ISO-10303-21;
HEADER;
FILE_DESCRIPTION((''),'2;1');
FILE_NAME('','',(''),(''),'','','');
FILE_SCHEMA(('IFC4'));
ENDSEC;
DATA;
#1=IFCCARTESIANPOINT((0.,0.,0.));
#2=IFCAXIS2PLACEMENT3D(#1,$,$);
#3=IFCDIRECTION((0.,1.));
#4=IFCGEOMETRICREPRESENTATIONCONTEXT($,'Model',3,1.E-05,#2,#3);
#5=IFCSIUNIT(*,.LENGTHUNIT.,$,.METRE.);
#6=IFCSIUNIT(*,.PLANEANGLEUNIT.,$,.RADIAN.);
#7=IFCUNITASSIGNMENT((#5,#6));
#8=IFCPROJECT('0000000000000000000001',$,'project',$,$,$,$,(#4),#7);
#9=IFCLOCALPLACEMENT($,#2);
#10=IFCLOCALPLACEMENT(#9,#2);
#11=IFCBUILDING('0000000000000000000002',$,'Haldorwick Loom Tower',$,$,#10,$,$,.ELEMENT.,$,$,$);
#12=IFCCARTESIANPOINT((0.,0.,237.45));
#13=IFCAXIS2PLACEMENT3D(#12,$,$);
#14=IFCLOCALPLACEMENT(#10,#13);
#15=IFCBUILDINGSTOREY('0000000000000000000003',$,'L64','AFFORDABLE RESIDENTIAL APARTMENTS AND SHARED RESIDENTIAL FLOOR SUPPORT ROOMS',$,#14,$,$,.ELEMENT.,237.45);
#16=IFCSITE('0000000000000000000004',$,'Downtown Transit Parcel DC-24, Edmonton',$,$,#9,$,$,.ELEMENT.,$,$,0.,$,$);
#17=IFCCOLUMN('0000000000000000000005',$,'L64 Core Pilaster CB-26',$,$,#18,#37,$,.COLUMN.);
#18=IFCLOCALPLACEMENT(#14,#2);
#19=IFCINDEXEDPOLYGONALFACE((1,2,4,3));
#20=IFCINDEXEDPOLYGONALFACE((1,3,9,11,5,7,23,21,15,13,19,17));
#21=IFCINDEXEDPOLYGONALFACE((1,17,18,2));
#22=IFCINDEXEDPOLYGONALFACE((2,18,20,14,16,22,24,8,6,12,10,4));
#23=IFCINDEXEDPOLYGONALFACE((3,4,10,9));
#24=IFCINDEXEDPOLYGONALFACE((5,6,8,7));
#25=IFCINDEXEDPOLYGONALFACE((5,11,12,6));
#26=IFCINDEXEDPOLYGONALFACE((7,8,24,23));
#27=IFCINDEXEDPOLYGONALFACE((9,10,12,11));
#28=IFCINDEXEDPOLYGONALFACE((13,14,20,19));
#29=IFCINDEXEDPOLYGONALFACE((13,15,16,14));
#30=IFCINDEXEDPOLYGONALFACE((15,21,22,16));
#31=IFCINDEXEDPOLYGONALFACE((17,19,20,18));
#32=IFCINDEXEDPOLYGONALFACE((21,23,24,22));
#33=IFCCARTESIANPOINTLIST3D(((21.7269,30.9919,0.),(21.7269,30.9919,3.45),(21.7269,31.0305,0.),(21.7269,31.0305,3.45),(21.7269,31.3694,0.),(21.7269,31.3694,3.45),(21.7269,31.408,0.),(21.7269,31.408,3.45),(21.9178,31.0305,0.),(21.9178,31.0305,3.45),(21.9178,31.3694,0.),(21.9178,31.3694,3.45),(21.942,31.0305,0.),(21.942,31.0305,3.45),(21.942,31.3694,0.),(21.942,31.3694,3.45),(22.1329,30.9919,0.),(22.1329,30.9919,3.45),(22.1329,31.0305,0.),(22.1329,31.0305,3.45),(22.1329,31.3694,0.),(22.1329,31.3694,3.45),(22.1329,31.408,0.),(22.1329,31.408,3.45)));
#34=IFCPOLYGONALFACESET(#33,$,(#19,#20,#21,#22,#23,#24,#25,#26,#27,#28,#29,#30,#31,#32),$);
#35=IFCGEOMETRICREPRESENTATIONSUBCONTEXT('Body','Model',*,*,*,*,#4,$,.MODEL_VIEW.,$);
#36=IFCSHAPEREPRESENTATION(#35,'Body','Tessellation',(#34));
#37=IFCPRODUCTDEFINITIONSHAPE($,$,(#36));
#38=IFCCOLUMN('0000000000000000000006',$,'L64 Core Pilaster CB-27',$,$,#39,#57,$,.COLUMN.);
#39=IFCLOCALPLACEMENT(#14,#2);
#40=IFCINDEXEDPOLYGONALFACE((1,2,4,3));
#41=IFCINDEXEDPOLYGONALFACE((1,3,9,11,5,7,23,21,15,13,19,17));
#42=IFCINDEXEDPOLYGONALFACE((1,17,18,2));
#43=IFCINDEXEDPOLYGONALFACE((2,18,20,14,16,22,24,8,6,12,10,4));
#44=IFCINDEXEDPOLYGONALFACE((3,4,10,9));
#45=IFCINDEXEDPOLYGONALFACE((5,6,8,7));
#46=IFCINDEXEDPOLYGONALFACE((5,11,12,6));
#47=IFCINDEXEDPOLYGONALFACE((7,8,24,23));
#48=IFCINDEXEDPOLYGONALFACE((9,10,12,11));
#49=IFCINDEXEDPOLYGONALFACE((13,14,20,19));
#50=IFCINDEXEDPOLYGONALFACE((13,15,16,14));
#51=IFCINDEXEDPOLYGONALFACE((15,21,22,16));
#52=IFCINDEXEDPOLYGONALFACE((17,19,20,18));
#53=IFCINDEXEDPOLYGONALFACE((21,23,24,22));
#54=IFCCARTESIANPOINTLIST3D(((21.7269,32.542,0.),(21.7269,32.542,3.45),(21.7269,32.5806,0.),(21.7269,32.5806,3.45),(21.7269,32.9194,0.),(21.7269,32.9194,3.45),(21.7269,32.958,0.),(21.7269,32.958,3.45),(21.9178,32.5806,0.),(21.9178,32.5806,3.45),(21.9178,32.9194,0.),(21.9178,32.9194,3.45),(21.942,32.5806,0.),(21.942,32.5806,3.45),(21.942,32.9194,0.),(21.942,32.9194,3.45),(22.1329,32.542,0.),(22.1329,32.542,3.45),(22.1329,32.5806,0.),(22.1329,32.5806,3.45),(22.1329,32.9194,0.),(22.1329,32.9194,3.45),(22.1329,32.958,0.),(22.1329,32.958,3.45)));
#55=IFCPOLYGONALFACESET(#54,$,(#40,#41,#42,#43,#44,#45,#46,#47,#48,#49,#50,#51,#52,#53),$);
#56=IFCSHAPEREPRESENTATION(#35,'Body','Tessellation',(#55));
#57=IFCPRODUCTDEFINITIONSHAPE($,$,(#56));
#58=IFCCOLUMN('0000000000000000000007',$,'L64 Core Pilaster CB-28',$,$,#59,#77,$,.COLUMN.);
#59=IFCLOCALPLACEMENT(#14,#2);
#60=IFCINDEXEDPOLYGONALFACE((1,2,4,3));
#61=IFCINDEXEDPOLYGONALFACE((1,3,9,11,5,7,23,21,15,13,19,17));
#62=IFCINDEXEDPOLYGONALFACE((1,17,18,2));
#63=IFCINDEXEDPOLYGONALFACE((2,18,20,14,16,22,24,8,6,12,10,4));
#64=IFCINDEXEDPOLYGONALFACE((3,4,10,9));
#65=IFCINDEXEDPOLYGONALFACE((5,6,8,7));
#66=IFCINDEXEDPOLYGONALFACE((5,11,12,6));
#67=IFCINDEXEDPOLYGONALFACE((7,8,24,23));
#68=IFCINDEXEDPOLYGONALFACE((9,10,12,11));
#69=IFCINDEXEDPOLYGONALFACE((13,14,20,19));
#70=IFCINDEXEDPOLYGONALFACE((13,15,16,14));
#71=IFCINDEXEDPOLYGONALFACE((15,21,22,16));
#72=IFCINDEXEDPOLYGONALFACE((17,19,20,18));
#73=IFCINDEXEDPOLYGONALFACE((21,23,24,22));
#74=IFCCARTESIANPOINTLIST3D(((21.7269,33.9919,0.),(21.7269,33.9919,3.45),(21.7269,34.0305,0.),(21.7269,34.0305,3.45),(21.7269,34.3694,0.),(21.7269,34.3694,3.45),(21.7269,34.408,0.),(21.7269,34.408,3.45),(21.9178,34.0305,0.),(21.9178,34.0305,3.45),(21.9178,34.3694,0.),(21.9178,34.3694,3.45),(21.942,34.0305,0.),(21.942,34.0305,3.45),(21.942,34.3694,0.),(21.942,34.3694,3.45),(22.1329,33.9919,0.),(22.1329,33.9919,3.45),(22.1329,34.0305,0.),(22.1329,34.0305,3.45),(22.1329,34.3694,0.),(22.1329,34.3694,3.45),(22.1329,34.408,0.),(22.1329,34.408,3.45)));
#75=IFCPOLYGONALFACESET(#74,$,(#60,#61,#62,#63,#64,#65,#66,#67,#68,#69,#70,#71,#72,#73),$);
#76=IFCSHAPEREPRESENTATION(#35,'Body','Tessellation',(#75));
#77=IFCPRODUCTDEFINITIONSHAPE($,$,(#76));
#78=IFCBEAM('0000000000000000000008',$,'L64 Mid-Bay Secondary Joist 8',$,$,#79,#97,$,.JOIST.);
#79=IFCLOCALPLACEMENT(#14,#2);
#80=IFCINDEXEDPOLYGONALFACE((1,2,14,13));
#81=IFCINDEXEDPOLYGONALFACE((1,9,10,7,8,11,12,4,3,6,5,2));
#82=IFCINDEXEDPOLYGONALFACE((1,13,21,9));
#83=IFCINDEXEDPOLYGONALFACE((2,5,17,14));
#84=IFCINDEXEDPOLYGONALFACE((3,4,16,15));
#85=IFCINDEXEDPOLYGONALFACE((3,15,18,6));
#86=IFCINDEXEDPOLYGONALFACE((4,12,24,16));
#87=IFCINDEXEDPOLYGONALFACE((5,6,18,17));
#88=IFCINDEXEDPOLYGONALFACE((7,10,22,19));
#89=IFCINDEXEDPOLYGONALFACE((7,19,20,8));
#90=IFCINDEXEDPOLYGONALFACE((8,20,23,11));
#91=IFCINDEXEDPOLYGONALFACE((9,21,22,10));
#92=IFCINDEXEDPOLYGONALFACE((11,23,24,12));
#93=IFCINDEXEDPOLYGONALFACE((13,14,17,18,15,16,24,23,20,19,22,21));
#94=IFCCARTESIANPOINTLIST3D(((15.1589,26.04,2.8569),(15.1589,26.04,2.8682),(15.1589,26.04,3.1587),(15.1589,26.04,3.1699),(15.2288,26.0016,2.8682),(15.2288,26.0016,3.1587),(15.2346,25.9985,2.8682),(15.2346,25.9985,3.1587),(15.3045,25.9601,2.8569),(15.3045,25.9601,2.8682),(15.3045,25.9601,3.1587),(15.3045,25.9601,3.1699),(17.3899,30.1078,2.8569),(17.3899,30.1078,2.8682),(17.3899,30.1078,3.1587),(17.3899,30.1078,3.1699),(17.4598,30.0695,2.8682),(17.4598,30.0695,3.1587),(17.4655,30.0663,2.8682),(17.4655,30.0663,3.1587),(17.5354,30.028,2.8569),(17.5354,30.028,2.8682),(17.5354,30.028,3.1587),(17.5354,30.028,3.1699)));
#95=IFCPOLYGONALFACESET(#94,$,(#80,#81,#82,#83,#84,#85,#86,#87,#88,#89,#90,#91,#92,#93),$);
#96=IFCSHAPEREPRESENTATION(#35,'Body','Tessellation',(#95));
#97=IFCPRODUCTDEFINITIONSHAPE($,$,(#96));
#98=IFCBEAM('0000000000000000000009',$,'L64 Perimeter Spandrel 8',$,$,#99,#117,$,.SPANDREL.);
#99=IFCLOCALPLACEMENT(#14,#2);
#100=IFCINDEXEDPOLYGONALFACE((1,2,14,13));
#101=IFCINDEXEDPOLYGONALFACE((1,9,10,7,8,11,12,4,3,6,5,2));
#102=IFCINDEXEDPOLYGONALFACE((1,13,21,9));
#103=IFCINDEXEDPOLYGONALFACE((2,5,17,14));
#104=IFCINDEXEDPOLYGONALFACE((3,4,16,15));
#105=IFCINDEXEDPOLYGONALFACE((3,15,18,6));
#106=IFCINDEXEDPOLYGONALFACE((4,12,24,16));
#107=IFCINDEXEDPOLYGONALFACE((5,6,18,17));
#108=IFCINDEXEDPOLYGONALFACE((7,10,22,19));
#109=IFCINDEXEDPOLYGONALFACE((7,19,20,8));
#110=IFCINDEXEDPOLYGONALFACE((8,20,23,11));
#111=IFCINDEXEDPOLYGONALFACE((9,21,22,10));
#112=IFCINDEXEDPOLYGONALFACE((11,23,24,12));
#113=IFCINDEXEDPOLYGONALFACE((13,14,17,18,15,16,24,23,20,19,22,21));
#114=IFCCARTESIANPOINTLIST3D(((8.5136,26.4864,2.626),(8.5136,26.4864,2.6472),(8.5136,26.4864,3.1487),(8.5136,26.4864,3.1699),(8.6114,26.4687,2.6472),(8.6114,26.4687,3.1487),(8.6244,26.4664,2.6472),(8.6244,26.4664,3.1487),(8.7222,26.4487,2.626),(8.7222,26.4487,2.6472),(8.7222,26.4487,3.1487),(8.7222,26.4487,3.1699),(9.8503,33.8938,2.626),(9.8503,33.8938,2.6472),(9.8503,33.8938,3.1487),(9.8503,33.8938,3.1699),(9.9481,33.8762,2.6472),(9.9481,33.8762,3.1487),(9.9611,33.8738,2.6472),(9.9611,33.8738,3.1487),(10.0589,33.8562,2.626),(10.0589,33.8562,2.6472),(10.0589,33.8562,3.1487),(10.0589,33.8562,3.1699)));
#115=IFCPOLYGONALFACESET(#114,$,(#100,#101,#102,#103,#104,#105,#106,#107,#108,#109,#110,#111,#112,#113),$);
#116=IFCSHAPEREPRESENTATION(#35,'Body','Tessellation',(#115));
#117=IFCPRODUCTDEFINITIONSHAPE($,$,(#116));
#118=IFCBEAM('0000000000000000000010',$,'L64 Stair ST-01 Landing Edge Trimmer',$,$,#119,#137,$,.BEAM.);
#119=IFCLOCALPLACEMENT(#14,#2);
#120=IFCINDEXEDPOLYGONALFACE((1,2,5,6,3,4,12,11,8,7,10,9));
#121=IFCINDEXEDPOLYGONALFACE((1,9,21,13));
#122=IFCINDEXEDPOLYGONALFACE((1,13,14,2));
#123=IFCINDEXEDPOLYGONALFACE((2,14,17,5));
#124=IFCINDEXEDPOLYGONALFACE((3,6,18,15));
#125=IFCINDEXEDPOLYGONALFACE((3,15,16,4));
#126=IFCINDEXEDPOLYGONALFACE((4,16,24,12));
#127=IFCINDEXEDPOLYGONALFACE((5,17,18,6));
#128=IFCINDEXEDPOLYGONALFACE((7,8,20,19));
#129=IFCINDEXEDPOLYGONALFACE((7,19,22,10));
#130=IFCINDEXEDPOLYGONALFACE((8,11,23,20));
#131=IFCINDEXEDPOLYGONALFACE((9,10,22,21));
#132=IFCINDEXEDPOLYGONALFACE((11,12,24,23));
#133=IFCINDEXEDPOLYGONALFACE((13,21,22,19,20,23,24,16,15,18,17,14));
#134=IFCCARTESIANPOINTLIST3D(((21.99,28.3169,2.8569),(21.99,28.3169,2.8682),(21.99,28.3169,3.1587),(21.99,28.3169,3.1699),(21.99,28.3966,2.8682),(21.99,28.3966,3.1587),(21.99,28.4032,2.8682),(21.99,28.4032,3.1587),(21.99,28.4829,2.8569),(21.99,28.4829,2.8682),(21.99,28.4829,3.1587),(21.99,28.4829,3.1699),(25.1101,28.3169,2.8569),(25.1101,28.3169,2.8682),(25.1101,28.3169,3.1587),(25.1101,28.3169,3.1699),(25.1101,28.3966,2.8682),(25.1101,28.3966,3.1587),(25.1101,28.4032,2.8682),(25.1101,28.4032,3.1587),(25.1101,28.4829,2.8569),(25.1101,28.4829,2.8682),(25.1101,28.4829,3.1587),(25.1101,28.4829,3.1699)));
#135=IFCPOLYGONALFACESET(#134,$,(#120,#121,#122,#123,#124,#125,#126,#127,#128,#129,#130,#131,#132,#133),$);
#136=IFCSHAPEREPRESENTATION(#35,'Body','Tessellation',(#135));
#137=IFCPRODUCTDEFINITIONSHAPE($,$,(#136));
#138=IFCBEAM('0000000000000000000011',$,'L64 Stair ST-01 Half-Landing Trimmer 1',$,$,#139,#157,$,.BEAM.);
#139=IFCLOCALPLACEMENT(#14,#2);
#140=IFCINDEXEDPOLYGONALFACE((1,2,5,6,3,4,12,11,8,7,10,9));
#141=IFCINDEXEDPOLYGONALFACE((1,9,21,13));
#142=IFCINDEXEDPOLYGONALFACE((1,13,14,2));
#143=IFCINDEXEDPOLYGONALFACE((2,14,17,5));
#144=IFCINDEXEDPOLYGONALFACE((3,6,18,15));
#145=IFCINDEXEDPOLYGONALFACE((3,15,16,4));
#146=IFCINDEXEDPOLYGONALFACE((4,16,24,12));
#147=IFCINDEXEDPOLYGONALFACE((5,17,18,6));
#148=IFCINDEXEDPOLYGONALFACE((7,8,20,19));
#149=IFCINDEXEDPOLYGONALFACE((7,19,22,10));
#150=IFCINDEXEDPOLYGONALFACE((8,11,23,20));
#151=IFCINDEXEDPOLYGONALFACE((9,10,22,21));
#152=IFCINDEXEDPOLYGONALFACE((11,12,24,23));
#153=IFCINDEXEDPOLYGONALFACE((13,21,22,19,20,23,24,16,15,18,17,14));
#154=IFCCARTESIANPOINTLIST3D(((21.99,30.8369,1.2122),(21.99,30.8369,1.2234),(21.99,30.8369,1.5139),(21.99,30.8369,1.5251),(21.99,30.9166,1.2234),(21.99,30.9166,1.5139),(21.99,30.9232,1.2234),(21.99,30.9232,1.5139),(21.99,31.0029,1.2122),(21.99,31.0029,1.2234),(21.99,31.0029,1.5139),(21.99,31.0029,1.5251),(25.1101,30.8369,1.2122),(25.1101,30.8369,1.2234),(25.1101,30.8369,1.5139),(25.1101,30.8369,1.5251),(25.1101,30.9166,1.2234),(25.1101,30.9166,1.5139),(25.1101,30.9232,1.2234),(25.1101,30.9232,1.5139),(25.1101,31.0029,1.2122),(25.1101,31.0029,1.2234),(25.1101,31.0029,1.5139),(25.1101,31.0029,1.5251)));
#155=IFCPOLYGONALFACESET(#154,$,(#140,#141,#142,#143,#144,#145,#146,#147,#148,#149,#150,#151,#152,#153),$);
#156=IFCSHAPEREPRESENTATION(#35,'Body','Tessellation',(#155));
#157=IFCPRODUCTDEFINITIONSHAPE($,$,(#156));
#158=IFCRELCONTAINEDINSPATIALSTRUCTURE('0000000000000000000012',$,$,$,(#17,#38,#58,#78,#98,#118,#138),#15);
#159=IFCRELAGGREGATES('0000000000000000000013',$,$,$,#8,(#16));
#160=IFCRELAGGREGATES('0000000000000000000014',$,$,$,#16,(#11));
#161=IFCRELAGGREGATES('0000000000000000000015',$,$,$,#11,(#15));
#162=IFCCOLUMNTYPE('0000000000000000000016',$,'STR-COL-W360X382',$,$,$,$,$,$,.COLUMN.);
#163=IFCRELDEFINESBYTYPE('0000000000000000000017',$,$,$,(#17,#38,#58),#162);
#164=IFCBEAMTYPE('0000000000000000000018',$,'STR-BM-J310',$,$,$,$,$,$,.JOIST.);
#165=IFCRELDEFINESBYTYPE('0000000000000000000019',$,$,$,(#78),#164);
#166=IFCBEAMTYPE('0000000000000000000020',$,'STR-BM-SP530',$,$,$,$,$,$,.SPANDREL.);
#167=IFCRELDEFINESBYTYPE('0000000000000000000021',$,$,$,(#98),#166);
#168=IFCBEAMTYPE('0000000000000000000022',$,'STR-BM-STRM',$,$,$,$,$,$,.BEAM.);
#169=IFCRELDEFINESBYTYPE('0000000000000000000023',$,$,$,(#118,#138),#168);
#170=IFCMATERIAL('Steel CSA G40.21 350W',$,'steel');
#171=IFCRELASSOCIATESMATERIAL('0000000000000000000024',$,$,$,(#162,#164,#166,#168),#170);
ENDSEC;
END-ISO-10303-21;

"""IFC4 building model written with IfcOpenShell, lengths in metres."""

from ifc_helpers import new_model, si_unit, direction, frame, origin, origin_2d, place, context, subcontext, project, spatial, i_section, extrude, material, material_profile, profile_set, type_object, element, save


model = new_model("IFC4")

# Units and contexts
model_context = context("Model", 3, precision=1e-05, world=origin(), true_north=direction((0.0, 1.0)))
body_context = subcontext(model_context, "Body", "Model", "MODEL_VIEW")
ifc_project = project(units=[si_unit("LENGTHUNIT", "METRE"), si_unit("PLANEANGLEUNIT", "RADIAN")], contexts=[model_context])

# Site, building, storey
site_placement = place(None, origin())
site = spatial("IfcSite", under=ifc_project, at=site_placement, Name="Downtown Transit Parcel DC-24, Edmonton", CompositionType="ELEMENT", RefElevation=0.0)
building_placement = place(site_placement, origin())
building = spatial("IfcBuilding", under=site, at=building_placement, Name="Haldorwick Loom Tower", CompositionType="ELEMENT")
storey_placement = place(building_placement, frame((0.0, 0.0, 237.45)))
storey = spatial("IfcBuildingStorey", under=building, at=storey_placement, Name="L64", Description="AFFORDABLE RESIDENTIAL APARTMENTS AND SHARED RESIDENTIAL FLOOR SUPPORT ROOMS", CompositionType="ELEMENT", Elevation=237.45)

# Columns
ifc_material_1 = material(Name="Steel CSA G40.21 350W", Category="steel")
ifc_material_profile_1 = material_profile(ifc_material_1, i_section(OverallWidth=0.406, OverallDepth=0.416, WebThickness=0.0242, FlangeThickness=0.0386, at=origin_2d()), Name="W360X382", Category="steel")
ifc_profile_set_1 = profile_set([ifc_material_profile_1], Name="Steel CSA G40.21 350W")
column_type = type_object("IfcColumnType", Name="STR-COL-W360X382", PredefinedType="COLUMN", material=ifc_profile_set_1)
for number, where, z_axis, x_axis, name in (
    (1, (21.9299, 31.2, 0.0), (0.0, 0.0, 1.0), (1.0, 0.0, 0.0), "L64 Core Pilaster CB-26"),
    (2, (21.9299, 32.75, 0.0), (0.0, 0.0, 1.0), (1.0, 0.0, 0.0), "L64 Core Pilaster CB-27"),
    (3, (21.9299, 34.2, 0.0), (0.0, 0.0, 1.0), (1.0, 0.0, 0.0), "L64 Core Pilaster CB-28"),
):
    element("IfcColumn", number, at=place(storey_placement, frame(where, z_axis=z_axis, x_axis=x_axis)), inside=storey, type_object=column_type, Name=name, PredefinedType="COLUMN", context=body_context, shape_type="SweptSolid", body=[
        extrude(i_section(OverallWidth=0.406, OverallDepth=0.416, WebThickness=0.0242, FlangeThickness=0.0386, at=origin_2d()), origin(), (0.0, 0.0, 1.0), 3.45),
    ])

# Beams
ifc_material_profile_2 = material_profile(ifc_material_1, i_section(OverallWidth=0.166, OverallDepth=0.313, WebThickness=0.0066, FlangeThickness=0.0112, at=origin_2d()), Name="W310X45", Category="steel")
ifc_profile_set_2 = profile_set([ifc_material_profile_2], Name="Steel CSA G40.21 350W")
beam_type_1 = type_object("IfcBeamType", Name="STR-BM-J310", PredefinedType="JOIST", material=ifc_profile_set_2)
beam_1_placement = place(storey_placement, frame((17.4626, 30.0679, 3.0134), z_axis=(-0.480864, -0.876795, 0.0), x_axis=(0.876795, -0.480864, 0.0)))
element("IfcBeam", 4, at=beam_1_placement, inside=storey, type_object=beam_type_1, Name="L64 Mid-Bay Secondary Joist 8", PredefinedType="JOIST", context=body_context, shape_type="SweptSolid", body=[
    extrude(i_section(OverallWidth=0.166, OverallDepth=0.313, WebThickness=0.0066, FlangeThickness=0.0112, at=origin_2d()), origin(), (0.0, 0.0, 1.0), 4.6394),
])
ifc_material_profile_3 = material_profile(ifc_material_1, i_section(OverallWidth=0.2119, OverallDepth=0.5439, WebThickness=0.0132, FlangeThickness=0.0212, at=origin_2d()), Name="W530X123", Category="steel")
ifc_profile_set_3 = profile_set([ifc_material_profile_3], Name="Steel CSA G40.21 350W")
beam_type_2 = type_object("IfcBeamType", Name="STR-BM-SP530", PredefinedType="SPANDREL", material=ifc_profile_set_3)
beam_2_placement = place(storey_placement, frame((9.9546, 33.875, 2.8979), z_axis=(-0.177581, -0.984106, 0.0), x_axis=(0.984106, -0.177581, 0.0)))
element("IfcBeam", 5, at=beam_2_placement, inside=storey, type_object=beam_type_2, Name="L64 Perimeter Spandrel 8", PredefinedType="SPANDREL", context=body_context, shape_type="SweptSolid", body=[
    extrude(i_section(OverallWidth=0.2119, OverallDepth=0.5439, WebThickness=0.0132, FlangeThickness=0.0212, at=origin_2d()), origin(), (0.0, 0.0, 1.0), 7.5271),
])
ifc_material_profile_4 = material_profile(ifc_material_1, i_section(OverallWidth=0.166, OverallDepth=0.313, WebThickness=0.0066, FlangeThickness=0.0112, at=origin_2d()), Name="W310X45", Category="steel")
ifc_profile_set_4 = profile_set([ifc_material_profile_4], Name="Steel CSA G40.21 350W")
beam_type_3 = type_object("IfcBeamType", Name="STR-BM-STRM", PredefinedType="BEAM", material=ifc_profile_set_4)
for number, where, z_axis, x_axis, name in (
    (6, (21.99, 28.3999, 3.0134), (1.0, 0.0, 0.0), (0.0, 1.0, 0.0), "L64 Stair ST-01 Landing Edge Trimmer"),
    (7, (21.99, 30.9199, 1.3687), (1.0, 0.0, 0.0), (0.0, 1.0, 0.0), "L64 Stair ST-01 Half-Landing Trimmer 1"),
):
    element("IfcBeam", number, at=place(storey_placement, frame(where, z_axis=z_axis, x_axis=x_axis)), inside=storey, type_object=beam_type_3, Name=name, PredefinedType="BEAM", context=body_context, shape_type="SweptSolid", body=[
        extrude(i_section(OverallWidth=0.166, OverallDepth=0.313, WebThickness=0.0066, FlangeThickness=0.0112, at=origin_2d()), origin(), (0.0, 0.0, 1.0), 3.1201),
    ])

save(model, "model.ifc")
